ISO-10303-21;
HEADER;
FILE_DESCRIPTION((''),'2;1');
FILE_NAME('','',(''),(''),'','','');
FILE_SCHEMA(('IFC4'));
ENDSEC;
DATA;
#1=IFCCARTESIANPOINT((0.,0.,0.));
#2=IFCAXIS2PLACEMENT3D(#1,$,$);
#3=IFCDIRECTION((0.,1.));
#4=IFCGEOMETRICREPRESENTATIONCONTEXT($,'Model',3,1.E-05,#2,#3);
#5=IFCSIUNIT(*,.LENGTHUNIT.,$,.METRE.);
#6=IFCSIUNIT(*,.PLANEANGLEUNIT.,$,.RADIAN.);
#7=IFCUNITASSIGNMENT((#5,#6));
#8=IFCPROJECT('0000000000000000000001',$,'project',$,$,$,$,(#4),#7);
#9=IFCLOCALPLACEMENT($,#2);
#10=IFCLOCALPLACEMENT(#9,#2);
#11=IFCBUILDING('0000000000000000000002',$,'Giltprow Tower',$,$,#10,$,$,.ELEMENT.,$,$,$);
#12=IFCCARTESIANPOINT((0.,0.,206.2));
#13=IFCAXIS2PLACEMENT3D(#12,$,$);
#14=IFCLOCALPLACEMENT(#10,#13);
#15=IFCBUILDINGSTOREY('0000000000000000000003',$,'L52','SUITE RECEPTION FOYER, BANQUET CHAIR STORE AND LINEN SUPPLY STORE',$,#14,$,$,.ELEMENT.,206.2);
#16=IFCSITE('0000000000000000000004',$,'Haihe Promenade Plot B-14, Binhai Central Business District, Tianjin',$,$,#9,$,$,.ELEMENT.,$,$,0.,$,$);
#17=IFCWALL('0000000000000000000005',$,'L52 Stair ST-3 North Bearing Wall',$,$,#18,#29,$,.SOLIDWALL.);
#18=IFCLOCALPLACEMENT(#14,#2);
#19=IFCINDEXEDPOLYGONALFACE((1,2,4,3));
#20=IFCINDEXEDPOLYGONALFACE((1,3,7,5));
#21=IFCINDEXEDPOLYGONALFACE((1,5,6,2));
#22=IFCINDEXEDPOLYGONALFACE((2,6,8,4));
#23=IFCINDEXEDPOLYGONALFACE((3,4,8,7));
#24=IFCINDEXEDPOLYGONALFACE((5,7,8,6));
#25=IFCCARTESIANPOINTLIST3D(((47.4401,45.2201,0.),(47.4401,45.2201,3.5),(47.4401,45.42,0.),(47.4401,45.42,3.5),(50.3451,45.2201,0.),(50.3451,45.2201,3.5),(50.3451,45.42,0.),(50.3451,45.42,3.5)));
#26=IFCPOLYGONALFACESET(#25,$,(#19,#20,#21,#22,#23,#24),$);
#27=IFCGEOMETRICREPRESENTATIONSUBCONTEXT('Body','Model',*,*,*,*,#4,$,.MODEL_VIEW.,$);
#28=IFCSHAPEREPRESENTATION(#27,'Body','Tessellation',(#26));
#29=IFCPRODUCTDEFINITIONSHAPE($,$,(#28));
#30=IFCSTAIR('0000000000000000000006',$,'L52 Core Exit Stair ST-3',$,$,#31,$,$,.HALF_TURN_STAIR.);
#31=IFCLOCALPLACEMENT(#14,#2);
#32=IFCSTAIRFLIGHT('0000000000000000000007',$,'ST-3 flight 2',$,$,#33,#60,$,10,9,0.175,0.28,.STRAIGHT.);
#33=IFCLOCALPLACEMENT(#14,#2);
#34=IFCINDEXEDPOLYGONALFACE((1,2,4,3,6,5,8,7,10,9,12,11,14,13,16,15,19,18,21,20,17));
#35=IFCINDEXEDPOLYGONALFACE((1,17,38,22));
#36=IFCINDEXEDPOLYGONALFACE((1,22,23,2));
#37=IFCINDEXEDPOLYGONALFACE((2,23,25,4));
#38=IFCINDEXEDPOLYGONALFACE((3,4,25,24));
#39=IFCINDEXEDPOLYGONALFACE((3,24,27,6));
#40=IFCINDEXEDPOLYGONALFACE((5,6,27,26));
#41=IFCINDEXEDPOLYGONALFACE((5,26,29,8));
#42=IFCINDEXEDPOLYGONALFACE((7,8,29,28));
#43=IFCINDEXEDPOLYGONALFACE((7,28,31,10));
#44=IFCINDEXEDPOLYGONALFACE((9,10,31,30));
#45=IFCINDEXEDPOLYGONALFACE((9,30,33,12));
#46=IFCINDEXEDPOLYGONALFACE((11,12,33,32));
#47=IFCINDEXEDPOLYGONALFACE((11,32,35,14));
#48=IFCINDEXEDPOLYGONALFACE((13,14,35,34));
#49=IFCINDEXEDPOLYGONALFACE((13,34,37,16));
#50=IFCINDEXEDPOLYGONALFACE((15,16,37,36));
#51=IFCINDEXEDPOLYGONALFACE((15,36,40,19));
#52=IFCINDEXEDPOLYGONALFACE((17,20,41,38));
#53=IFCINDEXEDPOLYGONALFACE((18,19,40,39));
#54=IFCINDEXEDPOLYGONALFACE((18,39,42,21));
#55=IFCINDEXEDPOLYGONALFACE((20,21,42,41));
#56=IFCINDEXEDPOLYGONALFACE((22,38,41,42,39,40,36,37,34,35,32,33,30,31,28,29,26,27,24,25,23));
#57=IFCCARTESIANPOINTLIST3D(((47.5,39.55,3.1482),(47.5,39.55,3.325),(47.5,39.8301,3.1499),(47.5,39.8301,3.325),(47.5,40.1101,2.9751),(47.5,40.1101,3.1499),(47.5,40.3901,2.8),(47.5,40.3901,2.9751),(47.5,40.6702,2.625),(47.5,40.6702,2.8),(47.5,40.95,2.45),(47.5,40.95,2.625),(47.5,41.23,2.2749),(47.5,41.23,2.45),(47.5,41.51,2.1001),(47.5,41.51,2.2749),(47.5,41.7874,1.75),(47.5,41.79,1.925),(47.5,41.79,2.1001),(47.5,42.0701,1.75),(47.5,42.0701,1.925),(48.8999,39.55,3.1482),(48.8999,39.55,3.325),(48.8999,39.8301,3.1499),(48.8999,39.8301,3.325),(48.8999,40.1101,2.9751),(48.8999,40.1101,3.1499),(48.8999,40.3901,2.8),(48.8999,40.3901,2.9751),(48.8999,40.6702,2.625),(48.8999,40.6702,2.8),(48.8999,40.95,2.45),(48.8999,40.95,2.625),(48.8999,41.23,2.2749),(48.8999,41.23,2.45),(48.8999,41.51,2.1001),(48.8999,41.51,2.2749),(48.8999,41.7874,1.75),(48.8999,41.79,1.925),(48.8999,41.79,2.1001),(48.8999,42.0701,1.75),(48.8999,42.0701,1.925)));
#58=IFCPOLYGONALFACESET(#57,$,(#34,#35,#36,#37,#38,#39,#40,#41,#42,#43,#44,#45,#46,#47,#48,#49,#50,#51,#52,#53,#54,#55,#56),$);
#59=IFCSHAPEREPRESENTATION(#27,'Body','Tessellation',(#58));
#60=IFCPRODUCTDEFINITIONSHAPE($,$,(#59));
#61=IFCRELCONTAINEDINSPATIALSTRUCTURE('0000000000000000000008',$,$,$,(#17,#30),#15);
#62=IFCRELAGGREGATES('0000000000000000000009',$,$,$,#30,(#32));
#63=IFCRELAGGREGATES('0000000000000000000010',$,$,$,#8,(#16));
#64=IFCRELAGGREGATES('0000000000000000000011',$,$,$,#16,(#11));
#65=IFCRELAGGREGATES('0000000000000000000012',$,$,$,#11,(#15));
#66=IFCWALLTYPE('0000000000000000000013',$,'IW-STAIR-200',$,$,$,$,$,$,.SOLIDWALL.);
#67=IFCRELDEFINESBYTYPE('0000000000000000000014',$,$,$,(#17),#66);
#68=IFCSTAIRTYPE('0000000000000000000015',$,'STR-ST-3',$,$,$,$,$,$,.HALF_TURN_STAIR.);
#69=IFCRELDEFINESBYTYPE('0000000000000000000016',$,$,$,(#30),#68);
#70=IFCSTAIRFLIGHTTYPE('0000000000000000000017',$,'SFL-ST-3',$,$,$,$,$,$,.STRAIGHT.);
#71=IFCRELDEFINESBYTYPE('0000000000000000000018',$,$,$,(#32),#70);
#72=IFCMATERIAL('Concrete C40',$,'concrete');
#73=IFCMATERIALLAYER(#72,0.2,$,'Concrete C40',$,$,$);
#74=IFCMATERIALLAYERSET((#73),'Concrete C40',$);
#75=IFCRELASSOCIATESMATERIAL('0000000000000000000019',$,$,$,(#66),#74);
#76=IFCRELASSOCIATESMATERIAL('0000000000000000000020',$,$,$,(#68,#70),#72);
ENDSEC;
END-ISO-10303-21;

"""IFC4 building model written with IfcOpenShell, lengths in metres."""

from ifc_helpers import new_model, si_unit, direction, frame, frame_2d, origin, place, context, subcontext, project, spatial, polyline, rectangle, outline, extrude, material, layer, layer_set, type_object, element, aggregate, save


model = new_model("IFC4")

# Units and contexts
model_context = context("Model", 3, precision=1e-05, world=origin(), true_north=direction((0.0, 1.0)))
body_context = subcontext(model_context, "Body", "Model", "MODEL_VIEW")
ifc_project = project(units=[si_unit("LENGTHUNIT", "METRE"), si_unit("PLANEANGLEUNIT", "RADIAN")], contexts=[model_context])

# Site, building, storey
site_placement = place(None, origin())
site = spatial("IfcSite", under=ifc_project, at=site_placement, Name="Haihe Promenade Plot B-14, Binhai Central Business District, Tianjin", CompositionType="ELEMENT", RefElevation=0.0)
building_placement = place(site_placement, origin())
building = spatial("IfcBuilding", under=site, at=building_placement, Name="Giltprow Tower", CompositionType="ELEMENT")
storey_placement = place(building_placement, frame((0.0, 0.0, 206.2)))
storey = spatial("IfcBuildingStorey", under=building, at=storey_placement, Name="L52", Description="SUITE RECEPTION FOYER, BANQUET CHAIR STORE AND LINEN SUPPLY STORE", CompositionType="ELEMENT", Elevation=206.2)

# Wall
ifc_material_1 = material(Name="Concrete C40", Category="concrete")
ifc_layer_1 = layer(ifc_material_1, 0.2, Name="Concrete C40")
ifc_layer_set_1 = layer_set([ifc_layer_1], Name="Concrete C40")
wall_type_1 = type_object("IfcWallType", Name="IW-STAIR-200", PredefinedType="SOLIDWALL", material=ifc_layer_set_1)
wall_1_placement = place(storey_placement, frame((47.4399, 45.3201, 0.0), z_axis=(0.0, 0.0, 1.0), x_axis=(1.0, 0.0, 0.0)))
element("IfcWall", 1, at=wall_1_placement, inside=storey, type_object=wall_type_1, Name="L52 Stair ST-3 North Bearing Wall", PredefinedType="SOLIDWALL", context=body_context, shape_type="SweptSolid", body=[
    extrude(rectangle(XDim=2.905, YDim=0.2, at=frame_2d((1.4526, 0.0))), origin(), (0.0, 0.0, 1.0), 3.5),
])

# Stair, stair flight
stair_type = type_object("IfcStairType", Name="STR-ST-3", PredefinedType="HALF_TURN_STAIR", material=ifc_material_1)
stair_placement = place(storey_placement, origin())
stair = element("IfcStair", 2, at=stair_placement, inside=storey, type_object=stair_type, Name="L52 Core Exit Stair ST-3", PredefinedType="HALF_TURN_STAIR")
stair_flight_type = type_object("IfcStairFlightType", Name="SFL-ST-3", PredefinedType="STRAIGHT", material=ifc_material_1)
stair_flight_placement = place(storey_placement, frame((48.2, 42.0701, 1.75), z_axis=(0.0, 0.0, 1.0), x_axis=(0.0, -1.0, 0.0)))
stair_flight = element("IfcStairFlight", 3, at=stair_flight_placement, type_object=stair_flight_type, Name="ST-3 flight 2", NumberOfRisers=10, NumberOfTreads=9, PredefinedType="STRAIGHT", RiserHeight=0.175, TreadLength=0.28, context=body_context, shape_type="SweptSolid", body=[
    extrude(outline(polyline([(0.0, 0.0), (0.0, 0.175), (0.28, 0.175), (0.28, 0.3501), (0.5601, 0.3501), (0.5601, 0.5249), (0.8401, 0.5249), (0.8401, 0.7), (1.1201, 0.7), (1.1201, 0.875), (1.3999, 0.875), (1.3999, 1.05), (1.6799, 1.05), (1.6799, 1.2251), (1.96, 1.2251), (1.96, 1.3999), (2.24, 1.3999), (2.24, 1.575), (2.52, 1.575), (2.52, 1.75), (2.52, 1.3982), (0.2827, 0.0), (0.0, 0.0)])), frame((0.0, 0.7, 0.0), z_axis=(0.0, -1.0, 0.0), x_axis=(1.0, 0.0, 0.0)), (0.0, 0.0, 1.0), 1.3999),
])
aggregate(stair, [stair_flight])

save(model, "model.ifc")
